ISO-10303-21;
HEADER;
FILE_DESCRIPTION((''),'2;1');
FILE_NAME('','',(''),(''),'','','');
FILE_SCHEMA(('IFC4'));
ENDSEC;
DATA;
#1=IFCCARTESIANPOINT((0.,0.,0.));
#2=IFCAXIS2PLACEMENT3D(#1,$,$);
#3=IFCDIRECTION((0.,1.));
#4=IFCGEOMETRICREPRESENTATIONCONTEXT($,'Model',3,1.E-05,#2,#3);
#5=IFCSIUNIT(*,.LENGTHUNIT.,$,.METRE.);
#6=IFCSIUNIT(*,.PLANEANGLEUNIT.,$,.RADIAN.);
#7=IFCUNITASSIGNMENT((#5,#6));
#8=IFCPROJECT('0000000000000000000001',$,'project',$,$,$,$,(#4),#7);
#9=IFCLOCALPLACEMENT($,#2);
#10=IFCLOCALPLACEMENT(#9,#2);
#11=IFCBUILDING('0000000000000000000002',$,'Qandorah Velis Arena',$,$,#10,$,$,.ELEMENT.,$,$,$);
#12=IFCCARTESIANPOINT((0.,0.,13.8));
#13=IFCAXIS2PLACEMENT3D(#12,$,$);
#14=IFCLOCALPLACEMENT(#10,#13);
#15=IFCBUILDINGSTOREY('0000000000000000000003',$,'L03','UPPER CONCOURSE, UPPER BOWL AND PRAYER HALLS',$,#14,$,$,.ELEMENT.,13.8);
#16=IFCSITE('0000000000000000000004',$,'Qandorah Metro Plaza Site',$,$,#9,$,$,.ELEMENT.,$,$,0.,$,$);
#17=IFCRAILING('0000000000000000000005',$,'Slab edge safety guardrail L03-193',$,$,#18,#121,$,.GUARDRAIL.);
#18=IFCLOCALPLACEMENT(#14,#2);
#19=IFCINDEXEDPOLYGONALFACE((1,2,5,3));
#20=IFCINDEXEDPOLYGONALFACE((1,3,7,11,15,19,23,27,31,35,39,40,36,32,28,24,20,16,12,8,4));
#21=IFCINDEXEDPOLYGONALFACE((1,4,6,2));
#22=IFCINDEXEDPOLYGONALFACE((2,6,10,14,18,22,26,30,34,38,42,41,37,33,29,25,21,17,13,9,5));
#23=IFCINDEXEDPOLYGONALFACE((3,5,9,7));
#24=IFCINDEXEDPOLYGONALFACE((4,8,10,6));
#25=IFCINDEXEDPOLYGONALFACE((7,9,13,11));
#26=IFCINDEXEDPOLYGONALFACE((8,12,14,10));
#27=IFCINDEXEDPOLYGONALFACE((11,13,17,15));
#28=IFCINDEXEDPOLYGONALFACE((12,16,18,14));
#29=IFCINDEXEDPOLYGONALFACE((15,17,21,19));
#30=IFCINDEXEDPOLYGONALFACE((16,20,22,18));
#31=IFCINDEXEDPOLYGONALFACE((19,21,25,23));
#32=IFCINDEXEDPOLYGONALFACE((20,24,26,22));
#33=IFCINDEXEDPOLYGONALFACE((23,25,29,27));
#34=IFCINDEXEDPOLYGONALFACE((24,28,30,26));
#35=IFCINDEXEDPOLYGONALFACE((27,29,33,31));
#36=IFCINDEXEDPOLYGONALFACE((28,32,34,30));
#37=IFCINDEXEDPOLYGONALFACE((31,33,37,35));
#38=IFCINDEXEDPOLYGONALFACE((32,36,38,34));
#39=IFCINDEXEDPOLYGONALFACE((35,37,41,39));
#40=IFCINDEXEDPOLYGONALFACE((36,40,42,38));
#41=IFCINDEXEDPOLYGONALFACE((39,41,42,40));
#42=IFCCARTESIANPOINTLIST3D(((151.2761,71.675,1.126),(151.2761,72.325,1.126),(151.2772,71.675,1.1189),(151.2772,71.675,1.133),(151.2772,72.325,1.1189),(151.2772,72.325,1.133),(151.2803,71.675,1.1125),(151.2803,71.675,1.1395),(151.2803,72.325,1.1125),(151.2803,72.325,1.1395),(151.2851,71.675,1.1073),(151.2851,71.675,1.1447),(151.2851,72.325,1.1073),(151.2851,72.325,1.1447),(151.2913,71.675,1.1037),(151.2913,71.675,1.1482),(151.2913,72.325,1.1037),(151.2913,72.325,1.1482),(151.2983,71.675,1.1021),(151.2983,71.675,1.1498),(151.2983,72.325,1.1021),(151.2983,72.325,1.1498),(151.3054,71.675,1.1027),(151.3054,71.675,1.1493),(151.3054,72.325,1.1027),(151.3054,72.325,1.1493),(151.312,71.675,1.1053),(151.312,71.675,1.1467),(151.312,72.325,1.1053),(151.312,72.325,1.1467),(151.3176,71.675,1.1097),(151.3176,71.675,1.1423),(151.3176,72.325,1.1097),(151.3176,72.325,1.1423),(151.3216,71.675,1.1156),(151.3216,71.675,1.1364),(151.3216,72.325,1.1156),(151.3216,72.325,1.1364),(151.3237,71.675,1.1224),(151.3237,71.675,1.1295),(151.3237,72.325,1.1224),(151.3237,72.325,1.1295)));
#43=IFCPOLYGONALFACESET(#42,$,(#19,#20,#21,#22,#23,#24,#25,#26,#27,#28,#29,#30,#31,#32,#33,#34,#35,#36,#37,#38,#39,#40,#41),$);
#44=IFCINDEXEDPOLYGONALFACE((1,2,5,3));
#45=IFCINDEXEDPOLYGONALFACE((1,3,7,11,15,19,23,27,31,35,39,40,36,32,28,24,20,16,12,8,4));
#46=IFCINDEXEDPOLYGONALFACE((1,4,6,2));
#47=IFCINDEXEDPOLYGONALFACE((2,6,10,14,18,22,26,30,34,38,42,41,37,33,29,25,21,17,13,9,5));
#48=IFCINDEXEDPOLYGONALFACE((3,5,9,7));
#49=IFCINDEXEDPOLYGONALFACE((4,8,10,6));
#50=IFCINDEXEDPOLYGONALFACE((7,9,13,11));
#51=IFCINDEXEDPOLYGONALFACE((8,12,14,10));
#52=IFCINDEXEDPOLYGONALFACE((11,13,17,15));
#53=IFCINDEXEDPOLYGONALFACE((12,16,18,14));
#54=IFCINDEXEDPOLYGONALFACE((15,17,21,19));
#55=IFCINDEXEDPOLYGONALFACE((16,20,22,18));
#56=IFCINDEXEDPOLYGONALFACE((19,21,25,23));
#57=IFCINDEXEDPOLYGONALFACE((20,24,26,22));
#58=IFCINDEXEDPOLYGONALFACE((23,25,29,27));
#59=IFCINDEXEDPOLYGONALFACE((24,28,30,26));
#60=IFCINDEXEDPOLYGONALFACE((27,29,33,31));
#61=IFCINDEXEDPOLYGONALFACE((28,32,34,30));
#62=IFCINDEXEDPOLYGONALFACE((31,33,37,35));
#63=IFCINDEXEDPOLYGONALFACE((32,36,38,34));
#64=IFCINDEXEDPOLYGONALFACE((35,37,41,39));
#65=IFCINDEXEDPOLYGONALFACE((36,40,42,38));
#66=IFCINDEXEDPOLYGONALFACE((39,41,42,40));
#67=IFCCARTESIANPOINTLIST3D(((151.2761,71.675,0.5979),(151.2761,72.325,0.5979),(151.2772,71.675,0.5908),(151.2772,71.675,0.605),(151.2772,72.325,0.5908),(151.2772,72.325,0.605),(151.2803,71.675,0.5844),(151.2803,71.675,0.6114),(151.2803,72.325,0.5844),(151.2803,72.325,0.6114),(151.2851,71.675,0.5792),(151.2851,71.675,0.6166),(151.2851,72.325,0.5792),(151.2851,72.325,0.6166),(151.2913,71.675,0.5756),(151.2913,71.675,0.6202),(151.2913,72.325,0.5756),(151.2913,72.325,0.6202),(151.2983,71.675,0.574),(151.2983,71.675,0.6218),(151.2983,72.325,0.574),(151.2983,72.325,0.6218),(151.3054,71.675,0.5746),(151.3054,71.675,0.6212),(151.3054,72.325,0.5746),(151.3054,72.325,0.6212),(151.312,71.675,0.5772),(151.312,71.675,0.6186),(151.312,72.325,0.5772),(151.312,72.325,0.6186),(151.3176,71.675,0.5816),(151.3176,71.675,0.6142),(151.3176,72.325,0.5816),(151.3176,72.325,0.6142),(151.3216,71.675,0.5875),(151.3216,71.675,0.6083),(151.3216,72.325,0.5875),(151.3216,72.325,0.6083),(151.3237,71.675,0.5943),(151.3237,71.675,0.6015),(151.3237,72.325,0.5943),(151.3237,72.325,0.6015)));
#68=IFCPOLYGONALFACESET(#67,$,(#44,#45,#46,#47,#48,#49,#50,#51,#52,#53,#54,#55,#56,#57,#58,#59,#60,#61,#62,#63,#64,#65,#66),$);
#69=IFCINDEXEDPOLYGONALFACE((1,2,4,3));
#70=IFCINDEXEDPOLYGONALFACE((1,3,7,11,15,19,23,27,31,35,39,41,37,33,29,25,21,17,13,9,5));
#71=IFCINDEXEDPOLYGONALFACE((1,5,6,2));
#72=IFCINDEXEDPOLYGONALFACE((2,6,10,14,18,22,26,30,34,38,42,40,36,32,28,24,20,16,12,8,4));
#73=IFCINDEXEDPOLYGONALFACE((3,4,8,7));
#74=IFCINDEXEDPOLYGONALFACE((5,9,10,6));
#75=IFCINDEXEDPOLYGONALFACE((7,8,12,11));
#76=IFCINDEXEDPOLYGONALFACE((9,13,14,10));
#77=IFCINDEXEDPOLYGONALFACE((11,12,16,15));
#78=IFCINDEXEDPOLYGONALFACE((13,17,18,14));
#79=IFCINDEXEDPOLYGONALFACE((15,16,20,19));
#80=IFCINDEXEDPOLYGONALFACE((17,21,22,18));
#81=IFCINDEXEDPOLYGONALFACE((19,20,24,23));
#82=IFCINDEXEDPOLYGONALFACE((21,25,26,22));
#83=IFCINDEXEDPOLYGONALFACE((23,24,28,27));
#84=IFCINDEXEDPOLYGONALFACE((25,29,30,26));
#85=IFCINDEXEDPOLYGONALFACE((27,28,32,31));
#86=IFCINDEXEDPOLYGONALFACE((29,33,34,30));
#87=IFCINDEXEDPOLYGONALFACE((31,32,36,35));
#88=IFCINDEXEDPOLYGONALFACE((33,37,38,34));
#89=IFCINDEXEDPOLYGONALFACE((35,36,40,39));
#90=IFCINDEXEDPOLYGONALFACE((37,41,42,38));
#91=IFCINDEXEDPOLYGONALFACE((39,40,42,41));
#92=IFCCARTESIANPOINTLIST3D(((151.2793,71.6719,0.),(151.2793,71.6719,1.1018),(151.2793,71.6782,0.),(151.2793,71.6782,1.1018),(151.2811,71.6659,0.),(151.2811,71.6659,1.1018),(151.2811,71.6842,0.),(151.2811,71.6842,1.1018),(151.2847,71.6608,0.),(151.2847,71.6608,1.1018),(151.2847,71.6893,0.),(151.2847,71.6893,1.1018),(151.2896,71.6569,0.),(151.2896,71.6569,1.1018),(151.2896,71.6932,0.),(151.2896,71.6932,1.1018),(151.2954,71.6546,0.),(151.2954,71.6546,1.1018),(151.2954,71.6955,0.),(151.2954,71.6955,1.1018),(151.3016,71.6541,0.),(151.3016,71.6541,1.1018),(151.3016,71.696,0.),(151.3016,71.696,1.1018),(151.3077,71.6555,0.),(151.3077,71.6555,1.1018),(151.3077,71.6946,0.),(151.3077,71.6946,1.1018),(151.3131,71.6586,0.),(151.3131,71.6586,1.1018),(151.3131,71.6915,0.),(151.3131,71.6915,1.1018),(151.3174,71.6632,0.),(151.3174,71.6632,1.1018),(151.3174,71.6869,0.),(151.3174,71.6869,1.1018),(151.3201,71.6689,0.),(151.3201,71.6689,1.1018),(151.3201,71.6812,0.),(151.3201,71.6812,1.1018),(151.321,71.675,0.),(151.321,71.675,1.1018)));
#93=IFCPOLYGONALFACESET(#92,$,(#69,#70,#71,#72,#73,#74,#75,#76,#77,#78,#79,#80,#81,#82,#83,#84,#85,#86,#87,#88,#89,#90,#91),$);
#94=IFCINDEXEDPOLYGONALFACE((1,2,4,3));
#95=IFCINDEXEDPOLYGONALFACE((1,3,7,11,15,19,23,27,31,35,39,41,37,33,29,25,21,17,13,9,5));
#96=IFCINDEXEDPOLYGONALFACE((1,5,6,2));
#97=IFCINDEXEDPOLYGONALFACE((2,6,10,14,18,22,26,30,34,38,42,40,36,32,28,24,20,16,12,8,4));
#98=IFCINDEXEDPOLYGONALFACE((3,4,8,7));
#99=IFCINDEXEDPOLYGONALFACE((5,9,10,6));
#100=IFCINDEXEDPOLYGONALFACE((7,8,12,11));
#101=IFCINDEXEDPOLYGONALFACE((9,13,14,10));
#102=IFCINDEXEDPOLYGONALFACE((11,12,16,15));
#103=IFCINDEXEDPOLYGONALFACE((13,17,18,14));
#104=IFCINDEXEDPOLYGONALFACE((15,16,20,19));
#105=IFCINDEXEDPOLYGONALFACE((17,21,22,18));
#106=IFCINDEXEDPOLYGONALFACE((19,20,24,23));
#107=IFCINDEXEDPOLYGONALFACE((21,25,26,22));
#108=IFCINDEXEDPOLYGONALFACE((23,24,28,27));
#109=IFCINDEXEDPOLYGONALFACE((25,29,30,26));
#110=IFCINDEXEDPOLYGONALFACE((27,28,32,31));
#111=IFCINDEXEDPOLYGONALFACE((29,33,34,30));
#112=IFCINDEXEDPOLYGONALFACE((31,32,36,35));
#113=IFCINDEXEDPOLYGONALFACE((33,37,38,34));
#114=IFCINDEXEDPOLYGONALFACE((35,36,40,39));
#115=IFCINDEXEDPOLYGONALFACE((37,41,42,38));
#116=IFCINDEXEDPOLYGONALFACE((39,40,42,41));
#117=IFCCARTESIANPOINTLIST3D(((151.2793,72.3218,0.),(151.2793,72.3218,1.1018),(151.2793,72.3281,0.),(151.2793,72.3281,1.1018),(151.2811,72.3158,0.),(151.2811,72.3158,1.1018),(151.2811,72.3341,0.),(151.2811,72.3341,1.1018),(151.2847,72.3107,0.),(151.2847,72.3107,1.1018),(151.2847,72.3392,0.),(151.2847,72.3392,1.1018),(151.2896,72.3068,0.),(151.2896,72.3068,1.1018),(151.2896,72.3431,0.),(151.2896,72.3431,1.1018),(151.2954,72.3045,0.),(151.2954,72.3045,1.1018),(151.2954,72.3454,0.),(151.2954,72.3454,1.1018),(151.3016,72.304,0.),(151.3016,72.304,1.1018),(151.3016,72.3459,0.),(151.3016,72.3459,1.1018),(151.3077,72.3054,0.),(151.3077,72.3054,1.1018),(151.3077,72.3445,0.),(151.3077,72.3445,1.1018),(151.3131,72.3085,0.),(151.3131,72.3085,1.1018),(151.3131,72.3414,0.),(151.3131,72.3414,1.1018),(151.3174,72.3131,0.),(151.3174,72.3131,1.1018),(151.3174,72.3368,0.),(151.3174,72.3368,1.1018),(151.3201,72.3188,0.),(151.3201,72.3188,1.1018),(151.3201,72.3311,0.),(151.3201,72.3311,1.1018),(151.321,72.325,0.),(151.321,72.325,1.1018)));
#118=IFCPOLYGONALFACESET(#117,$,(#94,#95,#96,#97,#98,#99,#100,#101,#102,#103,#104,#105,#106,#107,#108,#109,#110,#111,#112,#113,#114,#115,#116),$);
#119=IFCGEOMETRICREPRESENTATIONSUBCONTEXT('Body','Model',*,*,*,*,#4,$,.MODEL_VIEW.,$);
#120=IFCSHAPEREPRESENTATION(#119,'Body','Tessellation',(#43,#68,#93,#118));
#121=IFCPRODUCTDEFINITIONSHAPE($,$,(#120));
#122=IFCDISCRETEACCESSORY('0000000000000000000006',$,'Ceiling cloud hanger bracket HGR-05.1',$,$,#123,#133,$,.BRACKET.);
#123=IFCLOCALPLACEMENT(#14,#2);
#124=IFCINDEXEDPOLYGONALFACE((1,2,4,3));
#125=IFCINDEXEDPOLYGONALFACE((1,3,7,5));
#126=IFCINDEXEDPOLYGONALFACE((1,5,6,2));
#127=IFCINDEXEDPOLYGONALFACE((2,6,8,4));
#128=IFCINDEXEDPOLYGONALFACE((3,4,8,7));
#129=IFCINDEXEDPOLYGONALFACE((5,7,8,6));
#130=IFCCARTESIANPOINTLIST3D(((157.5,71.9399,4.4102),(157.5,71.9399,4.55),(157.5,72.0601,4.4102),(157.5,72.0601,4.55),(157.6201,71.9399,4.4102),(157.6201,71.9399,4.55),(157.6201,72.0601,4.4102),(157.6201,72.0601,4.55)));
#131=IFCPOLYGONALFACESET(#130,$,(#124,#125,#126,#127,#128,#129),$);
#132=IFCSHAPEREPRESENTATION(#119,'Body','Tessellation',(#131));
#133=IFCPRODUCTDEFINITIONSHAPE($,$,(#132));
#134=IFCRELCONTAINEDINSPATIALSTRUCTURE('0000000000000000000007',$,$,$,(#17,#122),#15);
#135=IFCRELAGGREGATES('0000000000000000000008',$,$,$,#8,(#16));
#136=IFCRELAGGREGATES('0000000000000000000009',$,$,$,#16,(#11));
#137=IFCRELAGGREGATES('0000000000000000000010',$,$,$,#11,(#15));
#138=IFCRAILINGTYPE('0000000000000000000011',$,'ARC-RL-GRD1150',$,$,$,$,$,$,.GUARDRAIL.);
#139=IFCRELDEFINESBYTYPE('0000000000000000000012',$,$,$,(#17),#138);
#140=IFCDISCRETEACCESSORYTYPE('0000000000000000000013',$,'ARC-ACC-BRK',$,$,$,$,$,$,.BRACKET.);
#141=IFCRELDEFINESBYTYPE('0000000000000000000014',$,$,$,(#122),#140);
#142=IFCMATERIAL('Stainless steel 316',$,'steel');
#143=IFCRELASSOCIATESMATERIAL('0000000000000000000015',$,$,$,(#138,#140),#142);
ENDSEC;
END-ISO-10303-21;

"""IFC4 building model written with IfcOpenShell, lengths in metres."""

from ifc_helpers import new_model, si_unit, direction, frame, origin, origin_2d, place, context, subcontext, project, spatial, rectangle, circle, extrude, material, type_object, element, save


model = new_model("IFC4")

# Units and contexts
model_context = context("Model", 3, precision=1e-05, world=origin(), true_north=direction((0.0, 1.0)))
body_context = subcontext(model_context, "Body", "Model", "MODEL_VIEW")
ifc_project = project(units=[si_unit("LENGTHUNIT", "METRE"), si_unit("PLANEANGLEUNIT", "RADIAN")], contexts=[model_context])

# Site, building, storey
site_placement = place(None, origin())
site = spatial("IfcSite", under=ifc_project, at=site_placement, Name="Qandorah Metro Plaza Site", CompositionType="ELEMENT", RefElevation=0.0)
building_placement = place(site_placement, origin())
building = spatial("IfcBuilding", under=site, at=building_placement, Name="Qandorah Velis Arena", CompositionType="ELEMENT")
storey_placement = place(building_placement, frame((0.0, 0.0, 13.8)))
storey = spatial("IfcBuildingStorey", under=building, at=storey_placement, Name="L03", Description="UPPER CONCOURSE, UPPER BOWL AND PRAYER HALLS", CompositionType="ELEMENT", Elevation=13.8)

# Railing
ifc_material_1 = material(Name="Stainless steel 316", Category="steel")
railing_type = type_object("IfcRailingType", Name="ARC-RL-GRD1150", PredefinedType="GUARDRAIL", material=ifc_material_1)
railing_placement = place(storey_placement, frame((151.3, 71.675, 0.0)))
element("IfcRailing", 1, at=railing_placement, inside=storey, type_object=railing_type, Name="Slab edge safety guardrail L03-193", PredefinedType="GUARDRAIL", context=body_context, shape_type="SweptSolid", body=[
    extrude(circle(Radius=0.0239, at=origin_2d()), frame((0.0, 0.0, 1.126), z_axis=(0.0, 1.0, 0.0), x_axis=(-1.0, 0.0, 0.0)), (0.0, 0.0, 1.0), 0.6499),
    extrude(circle(Radius=0.0239, at=origin_2d()), frame((0.0, 0.0, 0.5979), z_axis=(0.0, 1.0, 0.0), x_axis=(-1.0, 0.0, 0.0)), (0.0, 0.0, 1.0), 0.6499),
    extrude(circle(Radius=0.021, at=origin_2d()), origin(), (0.0, 0.0, 1.0), 1.1018),
    extrude(circle(Radius=0.021, at=origin_2d()), frame((0.0, 0.6499, 0.0)), (0.0, 0.0, 1.0), 1.1018),
])

# Discrete accessory
discrete_accessory_type = type_object("IfcDiscreteAccessoryType", Name="ARC-ACC-BRK", PredefinedType="BRACKET", material=ifc_material_1)
discrete_accessory_placement = place(storey_placement, frame((157.5601, 72.0, 4.4102), z_axis=(0.0, 0.0, 1.0), x_axis=(1.0, 0.0, 0.0)))
element("IfcDiscreteAccessory", 2, at=discrete_accessory_placement, inside=storey, type_object=discrete_accessory_type, Name="Ceiling cloud hanger bracket HGR-05.1", PredefinedType="BRACKET", context=body_context, shape_type="SweptSolid", body=[
    extrude(rectangle(XDim=0.1201, YDim=0.1201, at=origin_2d()), origin(), (0.0, 0.0, 1.0), 0.1399),
])

save(model, "model.ifc")
